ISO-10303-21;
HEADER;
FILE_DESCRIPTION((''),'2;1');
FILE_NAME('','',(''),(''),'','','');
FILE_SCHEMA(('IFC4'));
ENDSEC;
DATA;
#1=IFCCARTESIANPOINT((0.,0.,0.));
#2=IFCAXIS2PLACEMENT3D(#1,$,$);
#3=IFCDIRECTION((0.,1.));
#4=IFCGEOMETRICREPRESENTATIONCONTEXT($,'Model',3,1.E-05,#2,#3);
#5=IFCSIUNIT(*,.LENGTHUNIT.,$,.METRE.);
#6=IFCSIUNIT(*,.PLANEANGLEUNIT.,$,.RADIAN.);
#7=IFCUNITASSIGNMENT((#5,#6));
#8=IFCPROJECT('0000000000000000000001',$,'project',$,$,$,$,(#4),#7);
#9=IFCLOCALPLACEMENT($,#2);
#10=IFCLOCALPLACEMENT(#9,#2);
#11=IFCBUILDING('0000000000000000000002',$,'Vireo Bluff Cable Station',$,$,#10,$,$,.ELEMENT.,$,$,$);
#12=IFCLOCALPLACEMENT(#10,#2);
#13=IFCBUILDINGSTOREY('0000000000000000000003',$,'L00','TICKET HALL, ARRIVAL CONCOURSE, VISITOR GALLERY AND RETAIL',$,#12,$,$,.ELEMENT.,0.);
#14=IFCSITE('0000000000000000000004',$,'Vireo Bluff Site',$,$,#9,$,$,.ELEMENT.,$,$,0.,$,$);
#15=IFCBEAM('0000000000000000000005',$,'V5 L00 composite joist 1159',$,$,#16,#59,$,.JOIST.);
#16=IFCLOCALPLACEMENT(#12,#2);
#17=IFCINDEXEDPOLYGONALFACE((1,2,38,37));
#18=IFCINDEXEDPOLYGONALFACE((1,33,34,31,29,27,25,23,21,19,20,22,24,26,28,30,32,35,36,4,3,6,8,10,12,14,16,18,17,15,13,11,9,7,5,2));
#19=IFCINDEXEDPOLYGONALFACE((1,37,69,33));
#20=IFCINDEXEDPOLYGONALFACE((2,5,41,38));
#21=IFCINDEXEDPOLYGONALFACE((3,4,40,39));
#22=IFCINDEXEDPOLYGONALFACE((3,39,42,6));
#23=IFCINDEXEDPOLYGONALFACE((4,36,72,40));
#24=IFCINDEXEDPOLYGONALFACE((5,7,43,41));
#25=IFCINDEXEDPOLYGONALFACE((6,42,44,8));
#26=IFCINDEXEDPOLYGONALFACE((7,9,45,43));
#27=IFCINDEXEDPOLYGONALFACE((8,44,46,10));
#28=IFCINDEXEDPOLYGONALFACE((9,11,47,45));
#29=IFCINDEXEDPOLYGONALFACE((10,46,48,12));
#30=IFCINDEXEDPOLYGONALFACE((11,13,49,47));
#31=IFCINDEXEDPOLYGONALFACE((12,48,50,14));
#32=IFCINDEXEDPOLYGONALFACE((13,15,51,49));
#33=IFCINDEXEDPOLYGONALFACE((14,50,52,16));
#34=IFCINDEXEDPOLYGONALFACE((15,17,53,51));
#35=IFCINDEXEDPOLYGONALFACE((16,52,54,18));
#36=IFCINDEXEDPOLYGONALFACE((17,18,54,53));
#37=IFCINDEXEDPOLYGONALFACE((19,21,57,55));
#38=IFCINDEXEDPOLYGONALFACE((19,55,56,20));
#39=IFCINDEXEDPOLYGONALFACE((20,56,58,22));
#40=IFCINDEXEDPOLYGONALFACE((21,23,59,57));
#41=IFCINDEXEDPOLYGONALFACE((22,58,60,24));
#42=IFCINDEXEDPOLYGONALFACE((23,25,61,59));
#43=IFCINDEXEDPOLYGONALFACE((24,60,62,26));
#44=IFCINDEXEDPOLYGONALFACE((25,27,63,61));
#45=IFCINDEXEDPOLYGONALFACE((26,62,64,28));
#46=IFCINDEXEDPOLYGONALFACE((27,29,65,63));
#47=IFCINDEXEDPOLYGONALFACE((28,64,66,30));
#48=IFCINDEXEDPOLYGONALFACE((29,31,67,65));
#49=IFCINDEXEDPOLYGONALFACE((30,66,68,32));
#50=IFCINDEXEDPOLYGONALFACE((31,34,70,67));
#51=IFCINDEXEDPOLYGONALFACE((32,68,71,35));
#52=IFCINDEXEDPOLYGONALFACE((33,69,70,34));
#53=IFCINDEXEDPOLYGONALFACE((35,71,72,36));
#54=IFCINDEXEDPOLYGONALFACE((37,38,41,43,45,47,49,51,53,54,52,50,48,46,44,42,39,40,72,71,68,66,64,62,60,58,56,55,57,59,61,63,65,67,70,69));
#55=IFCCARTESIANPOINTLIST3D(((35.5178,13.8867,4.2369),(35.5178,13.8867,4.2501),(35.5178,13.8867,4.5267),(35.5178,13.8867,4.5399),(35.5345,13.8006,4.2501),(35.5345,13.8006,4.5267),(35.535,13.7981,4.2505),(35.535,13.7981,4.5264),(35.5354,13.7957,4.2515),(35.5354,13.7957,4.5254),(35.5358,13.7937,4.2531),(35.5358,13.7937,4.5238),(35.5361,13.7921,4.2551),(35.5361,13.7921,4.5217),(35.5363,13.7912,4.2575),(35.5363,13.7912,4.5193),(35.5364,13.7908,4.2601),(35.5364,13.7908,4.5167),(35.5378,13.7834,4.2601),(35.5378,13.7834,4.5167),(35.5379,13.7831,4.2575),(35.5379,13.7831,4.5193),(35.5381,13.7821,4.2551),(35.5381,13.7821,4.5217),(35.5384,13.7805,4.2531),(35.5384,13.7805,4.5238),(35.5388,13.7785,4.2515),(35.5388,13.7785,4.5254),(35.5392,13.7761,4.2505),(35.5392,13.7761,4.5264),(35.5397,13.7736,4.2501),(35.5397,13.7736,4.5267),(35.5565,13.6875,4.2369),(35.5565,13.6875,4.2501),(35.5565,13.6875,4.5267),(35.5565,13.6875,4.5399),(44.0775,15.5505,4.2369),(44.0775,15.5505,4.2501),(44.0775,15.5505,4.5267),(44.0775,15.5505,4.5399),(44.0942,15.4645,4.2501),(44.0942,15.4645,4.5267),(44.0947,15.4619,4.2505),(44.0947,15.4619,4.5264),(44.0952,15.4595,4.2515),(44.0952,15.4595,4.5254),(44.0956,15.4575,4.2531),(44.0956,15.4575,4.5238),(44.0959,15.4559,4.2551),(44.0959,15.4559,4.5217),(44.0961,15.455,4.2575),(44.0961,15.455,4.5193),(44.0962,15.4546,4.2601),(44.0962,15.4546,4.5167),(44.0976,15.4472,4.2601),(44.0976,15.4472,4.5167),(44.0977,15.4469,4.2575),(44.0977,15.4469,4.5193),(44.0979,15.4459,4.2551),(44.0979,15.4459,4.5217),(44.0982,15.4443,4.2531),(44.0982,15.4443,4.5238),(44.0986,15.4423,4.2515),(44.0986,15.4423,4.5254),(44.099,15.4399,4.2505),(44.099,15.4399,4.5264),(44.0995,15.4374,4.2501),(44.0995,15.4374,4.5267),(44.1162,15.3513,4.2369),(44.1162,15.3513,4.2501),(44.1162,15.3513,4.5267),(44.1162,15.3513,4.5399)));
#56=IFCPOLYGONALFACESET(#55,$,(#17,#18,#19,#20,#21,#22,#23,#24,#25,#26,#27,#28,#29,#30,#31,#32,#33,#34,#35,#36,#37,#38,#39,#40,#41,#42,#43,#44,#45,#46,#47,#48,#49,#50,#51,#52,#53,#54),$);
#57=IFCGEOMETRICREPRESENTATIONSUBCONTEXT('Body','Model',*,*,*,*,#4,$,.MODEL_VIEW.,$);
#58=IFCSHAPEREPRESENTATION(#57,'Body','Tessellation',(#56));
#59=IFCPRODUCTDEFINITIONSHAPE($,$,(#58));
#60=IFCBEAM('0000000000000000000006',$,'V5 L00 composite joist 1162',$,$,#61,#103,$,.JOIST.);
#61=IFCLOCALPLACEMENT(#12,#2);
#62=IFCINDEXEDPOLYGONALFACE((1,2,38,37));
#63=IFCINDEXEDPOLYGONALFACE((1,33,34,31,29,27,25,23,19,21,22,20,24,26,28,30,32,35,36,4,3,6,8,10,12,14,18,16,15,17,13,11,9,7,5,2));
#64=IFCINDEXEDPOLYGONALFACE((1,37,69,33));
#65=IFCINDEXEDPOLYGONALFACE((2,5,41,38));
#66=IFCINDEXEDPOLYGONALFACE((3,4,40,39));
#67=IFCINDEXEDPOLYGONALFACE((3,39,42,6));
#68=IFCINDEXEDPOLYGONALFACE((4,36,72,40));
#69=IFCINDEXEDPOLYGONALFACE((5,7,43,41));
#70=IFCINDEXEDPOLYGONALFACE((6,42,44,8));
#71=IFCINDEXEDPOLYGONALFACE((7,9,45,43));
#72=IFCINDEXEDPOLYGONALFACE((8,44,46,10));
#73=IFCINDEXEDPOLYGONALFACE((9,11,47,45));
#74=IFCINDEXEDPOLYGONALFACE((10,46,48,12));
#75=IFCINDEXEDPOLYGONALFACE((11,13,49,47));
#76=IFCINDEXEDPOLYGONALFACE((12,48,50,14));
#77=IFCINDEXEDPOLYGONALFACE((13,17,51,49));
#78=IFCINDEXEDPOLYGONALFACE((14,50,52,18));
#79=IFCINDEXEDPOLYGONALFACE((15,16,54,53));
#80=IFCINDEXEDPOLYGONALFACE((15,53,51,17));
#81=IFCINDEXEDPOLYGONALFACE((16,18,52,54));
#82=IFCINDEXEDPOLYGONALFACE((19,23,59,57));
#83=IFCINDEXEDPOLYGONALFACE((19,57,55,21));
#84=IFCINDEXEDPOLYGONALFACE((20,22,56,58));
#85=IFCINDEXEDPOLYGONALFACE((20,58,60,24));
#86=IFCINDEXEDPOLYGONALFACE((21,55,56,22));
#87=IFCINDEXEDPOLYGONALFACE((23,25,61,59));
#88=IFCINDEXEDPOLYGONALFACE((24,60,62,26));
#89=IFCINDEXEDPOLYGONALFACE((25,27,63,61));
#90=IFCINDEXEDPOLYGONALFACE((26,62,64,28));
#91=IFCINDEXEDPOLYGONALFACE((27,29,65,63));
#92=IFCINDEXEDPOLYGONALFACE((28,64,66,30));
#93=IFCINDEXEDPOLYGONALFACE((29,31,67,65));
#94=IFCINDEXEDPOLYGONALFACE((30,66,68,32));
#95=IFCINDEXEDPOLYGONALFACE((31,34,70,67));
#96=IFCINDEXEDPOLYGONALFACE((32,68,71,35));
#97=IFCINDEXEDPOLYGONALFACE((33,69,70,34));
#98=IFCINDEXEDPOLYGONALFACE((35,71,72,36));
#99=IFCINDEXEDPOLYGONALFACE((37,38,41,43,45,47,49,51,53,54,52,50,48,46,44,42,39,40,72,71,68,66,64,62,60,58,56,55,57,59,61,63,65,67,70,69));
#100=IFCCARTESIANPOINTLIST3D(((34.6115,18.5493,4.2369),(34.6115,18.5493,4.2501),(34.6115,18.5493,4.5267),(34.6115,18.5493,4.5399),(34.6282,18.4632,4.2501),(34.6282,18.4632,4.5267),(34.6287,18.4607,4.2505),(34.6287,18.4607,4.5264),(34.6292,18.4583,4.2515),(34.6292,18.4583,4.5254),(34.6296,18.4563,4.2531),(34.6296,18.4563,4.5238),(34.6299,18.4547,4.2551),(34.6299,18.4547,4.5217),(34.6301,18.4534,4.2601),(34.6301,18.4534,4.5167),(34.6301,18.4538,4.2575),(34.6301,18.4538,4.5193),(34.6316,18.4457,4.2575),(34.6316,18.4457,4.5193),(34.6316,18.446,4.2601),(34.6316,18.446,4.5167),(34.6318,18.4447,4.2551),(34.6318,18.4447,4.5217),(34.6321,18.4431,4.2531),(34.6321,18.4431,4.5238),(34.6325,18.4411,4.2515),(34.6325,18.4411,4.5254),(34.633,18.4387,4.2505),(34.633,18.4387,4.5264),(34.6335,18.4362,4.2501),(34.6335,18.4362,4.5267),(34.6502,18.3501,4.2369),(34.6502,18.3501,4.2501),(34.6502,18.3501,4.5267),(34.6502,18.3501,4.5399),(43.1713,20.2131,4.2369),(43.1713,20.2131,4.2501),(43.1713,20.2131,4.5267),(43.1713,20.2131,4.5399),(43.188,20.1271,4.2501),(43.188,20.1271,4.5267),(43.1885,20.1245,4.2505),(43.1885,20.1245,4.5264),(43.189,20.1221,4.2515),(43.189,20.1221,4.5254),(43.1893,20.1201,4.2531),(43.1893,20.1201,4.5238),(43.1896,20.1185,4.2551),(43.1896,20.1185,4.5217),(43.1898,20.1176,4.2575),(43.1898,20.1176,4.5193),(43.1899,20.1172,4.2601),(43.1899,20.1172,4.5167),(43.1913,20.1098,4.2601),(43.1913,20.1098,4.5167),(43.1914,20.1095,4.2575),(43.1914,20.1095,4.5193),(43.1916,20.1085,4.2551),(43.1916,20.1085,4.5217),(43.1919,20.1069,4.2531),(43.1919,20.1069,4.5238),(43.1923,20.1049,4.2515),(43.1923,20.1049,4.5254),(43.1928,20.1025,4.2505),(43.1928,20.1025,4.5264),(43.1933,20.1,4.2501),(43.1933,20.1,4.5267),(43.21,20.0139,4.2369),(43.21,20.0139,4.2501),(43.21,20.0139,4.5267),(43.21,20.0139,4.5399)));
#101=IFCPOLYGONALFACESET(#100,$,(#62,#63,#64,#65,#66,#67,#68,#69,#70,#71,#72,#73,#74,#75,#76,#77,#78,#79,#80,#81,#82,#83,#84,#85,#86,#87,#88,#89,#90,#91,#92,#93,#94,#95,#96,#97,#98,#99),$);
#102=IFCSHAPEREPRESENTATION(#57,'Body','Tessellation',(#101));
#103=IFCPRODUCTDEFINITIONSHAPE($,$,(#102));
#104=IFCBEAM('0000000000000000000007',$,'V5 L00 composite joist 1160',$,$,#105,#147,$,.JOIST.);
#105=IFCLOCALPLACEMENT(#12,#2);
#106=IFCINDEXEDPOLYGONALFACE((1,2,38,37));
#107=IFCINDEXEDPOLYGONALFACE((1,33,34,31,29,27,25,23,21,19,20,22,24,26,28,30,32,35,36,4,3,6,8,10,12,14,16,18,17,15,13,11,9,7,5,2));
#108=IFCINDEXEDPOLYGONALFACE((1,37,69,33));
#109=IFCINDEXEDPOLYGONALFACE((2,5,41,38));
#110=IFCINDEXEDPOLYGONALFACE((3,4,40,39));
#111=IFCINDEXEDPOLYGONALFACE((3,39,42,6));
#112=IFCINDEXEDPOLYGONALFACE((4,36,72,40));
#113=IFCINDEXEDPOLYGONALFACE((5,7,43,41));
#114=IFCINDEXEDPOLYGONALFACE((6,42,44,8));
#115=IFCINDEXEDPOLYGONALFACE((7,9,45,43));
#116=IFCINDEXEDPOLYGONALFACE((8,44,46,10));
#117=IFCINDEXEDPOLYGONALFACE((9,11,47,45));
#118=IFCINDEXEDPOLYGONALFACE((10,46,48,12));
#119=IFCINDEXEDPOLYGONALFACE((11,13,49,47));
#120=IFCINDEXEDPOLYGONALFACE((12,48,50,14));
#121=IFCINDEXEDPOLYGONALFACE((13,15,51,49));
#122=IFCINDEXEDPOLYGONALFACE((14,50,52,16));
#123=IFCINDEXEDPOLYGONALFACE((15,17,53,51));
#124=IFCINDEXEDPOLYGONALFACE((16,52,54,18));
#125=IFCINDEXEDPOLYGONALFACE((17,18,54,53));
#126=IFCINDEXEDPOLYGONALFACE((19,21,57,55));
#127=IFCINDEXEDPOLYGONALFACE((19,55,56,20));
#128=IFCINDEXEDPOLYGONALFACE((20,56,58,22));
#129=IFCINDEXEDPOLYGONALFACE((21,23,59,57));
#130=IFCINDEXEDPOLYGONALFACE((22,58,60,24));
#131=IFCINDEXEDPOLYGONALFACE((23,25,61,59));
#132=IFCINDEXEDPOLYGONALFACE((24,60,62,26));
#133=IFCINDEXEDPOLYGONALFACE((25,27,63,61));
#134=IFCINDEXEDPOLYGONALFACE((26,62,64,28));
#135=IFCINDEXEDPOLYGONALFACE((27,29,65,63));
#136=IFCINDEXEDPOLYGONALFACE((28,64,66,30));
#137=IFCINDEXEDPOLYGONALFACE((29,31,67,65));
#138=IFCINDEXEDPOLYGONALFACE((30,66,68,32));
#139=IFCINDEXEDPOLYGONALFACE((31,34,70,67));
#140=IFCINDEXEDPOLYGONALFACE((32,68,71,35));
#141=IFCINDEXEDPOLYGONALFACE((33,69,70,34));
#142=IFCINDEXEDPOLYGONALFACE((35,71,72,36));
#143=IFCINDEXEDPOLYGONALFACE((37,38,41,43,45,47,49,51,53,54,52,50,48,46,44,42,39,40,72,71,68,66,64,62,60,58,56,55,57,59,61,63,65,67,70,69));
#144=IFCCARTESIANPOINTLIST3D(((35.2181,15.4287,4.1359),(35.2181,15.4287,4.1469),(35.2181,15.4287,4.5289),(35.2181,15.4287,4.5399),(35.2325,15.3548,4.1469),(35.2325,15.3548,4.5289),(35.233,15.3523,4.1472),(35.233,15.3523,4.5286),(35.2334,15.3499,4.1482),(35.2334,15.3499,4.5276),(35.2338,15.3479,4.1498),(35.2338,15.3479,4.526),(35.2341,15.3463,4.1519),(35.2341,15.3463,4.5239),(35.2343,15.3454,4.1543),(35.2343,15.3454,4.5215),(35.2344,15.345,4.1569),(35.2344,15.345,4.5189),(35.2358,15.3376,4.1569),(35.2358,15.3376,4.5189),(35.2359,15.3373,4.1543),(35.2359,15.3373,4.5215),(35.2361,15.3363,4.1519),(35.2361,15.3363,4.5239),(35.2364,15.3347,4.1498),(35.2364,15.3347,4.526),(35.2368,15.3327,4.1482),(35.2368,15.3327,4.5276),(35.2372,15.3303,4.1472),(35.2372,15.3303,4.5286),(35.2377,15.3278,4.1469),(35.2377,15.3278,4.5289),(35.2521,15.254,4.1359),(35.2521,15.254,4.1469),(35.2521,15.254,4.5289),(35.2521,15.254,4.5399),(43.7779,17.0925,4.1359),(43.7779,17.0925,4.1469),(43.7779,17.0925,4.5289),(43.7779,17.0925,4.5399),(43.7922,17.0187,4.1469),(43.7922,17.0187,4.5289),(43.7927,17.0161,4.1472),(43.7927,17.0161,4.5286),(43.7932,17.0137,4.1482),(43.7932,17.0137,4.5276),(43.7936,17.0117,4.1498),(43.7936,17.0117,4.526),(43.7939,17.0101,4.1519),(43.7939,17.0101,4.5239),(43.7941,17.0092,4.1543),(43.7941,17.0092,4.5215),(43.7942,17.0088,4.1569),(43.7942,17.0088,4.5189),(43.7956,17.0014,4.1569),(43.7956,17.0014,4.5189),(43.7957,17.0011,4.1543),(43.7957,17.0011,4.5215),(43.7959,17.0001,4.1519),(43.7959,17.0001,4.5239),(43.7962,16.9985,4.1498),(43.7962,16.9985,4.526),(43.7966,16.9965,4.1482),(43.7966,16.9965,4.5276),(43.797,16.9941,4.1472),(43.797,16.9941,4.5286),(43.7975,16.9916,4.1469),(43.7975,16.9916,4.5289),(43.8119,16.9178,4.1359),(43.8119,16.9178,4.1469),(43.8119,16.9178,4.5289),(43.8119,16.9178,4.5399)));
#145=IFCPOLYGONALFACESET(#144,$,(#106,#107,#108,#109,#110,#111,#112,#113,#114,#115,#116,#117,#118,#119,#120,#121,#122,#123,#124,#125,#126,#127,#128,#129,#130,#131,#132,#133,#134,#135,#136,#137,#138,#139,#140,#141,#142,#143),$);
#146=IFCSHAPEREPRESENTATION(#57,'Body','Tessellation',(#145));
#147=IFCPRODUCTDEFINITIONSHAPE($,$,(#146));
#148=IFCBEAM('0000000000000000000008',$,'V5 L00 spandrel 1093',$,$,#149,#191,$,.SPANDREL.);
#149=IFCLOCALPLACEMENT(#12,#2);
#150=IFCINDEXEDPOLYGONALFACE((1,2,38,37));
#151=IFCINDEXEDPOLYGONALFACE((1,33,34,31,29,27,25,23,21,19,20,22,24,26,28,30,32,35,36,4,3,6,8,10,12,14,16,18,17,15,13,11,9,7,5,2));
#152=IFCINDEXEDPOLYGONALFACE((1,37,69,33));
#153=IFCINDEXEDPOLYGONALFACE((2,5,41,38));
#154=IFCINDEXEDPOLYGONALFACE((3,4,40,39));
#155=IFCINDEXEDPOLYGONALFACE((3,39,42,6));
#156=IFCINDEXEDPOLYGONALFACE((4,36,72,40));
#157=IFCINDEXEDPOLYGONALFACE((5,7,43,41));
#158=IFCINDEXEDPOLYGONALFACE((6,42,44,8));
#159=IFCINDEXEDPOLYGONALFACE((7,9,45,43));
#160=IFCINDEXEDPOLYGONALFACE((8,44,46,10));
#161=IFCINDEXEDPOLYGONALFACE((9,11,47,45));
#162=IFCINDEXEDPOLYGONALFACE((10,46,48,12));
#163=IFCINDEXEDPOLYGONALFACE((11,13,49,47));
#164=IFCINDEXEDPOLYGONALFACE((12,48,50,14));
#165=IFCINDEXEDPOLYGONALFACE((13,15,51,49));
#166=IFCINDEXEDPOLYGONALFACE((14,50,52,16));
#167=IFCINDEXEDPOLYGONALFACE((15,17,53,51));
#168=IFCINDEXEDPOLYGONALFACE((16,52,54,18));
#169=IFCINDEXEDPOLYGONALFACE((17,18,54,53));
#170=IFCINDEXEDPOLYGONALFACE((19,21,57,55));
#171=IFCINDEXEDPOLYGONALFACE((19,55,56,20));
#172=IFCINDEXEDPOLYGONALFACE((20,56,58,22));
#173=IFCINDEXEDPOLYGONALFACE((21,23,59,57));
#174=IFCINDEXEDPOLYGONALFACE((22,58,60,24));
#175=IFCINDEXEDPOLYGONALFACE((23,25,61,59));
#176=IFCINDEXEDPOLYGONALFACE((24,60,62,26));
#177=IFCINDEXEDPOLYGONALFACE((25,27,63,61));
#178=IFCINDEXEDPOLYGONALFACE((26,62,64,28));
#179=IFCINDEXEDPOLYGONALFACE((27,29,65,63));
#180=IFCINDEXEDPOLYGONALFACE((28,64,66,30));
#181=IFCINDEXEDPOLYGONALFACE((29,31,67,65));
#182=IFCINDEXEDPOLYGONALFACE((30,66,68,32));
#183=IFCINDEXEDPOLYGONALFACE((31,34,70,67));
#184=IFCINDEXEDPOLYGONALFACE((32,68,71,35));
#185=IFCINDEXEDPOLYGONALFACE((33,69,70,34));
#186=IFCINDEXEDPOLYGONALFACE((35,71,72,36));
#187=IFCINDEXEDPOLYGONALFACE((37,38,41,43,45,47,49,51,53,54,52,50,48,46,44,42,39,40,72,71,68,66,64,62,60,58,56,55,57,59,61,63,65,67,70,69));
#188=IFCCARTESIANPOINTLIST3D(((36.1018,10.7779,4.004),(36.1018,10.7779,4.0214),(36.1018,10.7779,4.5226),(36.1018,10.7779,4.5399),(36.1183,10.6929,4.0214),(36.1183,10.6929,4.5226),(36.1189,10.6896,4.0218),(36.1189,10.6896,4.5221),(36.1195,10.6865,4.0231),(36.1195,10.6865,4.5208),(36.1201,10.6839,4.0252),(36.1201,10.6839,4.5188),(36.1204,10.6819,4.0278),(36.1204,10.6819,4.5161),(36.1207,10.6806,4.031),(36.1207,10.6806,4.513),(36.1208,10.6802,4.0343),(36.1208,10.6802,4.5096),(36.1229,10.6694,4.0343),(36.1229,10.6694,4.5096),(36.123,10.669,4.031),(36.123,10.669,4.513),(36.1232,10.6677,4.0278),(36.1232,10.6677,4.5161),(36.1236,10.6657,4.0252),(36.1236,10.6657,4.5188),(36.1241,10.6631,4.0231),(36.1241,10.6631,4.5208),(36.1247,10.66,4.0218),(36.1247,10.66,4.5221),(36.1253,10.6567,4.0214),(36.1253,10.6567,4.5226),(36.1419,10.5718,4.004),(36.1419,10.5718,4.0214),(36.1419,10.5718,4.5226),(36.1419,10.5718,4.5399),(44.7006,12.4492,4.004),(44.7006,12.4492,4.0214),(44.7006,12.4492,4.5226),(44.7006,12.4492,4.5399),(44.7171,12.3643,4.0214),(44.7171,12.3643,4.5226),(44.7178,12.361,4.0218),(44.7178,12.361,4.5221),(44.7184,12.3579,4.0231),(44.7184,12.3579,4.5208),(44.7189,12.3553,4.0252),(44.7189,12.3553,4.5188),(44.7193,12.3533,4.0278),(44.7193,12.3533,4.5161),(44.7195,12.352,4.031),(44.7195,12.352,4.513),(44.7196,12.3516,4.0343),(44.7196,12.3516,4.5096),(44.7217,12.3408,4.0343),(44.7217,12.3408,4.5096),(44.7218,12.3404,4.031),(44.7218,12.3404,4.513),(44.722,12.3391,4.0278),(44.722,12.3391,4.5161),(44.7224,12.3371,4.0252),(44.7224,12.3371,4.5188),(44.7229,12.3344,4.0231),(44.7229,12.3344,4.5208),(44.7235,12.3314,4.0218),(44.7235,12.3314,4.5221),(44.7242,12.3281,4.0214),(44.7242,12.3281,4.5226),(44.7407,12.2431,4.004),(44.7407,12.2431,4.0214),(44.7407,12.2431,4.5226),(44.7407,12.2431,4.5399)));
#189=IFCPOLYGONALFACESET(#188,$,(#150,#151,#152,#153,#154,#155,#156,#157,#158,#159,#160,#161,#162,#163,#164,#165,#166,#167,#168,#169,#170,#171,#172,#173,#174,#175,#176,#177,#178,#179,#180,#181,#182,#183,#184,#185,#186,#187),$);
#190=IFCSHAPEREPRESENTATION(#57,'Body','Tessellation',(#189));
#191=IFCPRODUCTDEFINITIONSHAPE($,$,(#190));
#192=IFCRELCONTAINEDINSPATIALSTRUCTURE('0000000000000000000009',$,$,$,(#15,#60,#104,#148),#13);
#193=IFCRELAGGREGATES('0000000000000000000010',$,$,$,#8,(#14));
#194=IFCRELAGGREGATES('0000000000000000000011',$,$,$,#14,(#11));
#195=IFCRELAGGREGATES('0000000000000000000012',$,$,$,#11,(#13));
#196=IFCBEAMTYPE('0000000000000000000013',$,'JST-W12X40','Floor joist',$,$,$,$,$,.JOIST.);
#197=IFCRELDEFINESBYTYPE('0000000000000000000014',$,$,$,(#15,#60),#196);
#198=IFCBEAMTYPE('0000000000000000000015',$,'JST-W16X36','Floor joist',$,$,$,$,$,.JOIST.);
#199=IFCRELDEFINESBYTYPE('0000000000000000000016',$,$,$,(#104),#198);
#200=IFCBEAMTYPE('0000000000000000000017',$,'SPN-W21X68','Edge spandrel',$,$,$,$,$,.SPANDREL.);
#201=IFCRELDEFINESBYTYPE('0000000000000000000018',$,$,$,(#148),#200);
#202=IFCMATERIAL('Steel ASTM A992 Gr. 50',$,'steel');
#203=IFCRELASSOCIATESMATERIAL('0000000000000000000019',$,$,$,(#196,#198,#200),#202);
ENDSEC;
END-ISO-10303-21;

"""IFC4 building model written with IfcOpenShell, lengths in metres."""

from ifc_helpers import new_model, si_unit, direction, frame, origin, origin_2d, place, context, subcontext, project, spatial, i_section, extrude, material, material_profile, profile_set, type_object, element, save


model = new_model("IFC4")

# Units and contexts
model_context = context("Model", 3, precision=1e-05, world=origin(), true_north=direction((0.0, 1.0)))
body_context = subcontext(model_context, "Body", "Model", "MODEL_VIEW")
ifc_project = project(units=[si_unit("LENGTHUNIT", "METRE"), si_unit("PLANEANGLEUNIT", "RADIAN")], contexts=[model_context])

# Site, building, storey
site_placement = place(None, origin())
site = spatial("IfcSite", under=ifc_project, at=site_placement, Name="Vireo Bluff Site", CompositionType="ELEMENT", RefElevation=0.0)
building_placement = place(site_placement, origin())
building = spatial("IfcBuilding", under=site, at=building_placement, Name="Vireo Bluff Cable Station", CompositionType="ELEMENT")
storey_placement = place(building_placement, origin())
storey = spatial("IfcBuildingStorey", under=building, at=storey_placement, Name="L00", Description="TICKET HALL, ARRIVAL CONCOURSE, VISITOR GALLERY AND RETAIL", CompositionType="ELEMENT", Elevation=0.0)

# Shared definitions
ifc_material_1 = material(Name="Steel ASTM A992 Gr. 50", Category="steel")

# Beams
ifc_material_profile_1 = material_profile(ifc_material_1, i_section(OverallWidth=0.2029, OverallDepth=0.303, WebThickness=0.0076, FlangeThickness=0.0132, FilletRadius=0.01, at=origin_2d()), Name="W12X40")
ifc_profile_set_1 = profile_set([ifc_material_profile_1], Name="Steel ASTM A992 Gr. 50")
beam_type_1 = type_object("IfcBeamType", Name="JST-W12X40", Description="Floor joist", PredefinedType="JOIST", material=ifc_profile_set_1)
for number, where, z_axis, x_axis, name in (
    (1, (35.5371, 13.7871, 4.3884), (0.981628, 0.190804, 0.0), (-0.190804, 0.981628, 0.0), "V5 L00 composite joist 1159"),
    (2, (34.6309, 18.4497, 4.3884), (0.981628, 0.190804, 0.0), (-0.190804, 0.981628, 0.0), "V5 L00 composite joist 1162"),
):
    element("IfcBeam", number, at=place(storey_placement, frame(where, z_axis=z_axis, x_axis=x_axis)), inside=storey, type_object=beam_type_1, Name=name, PredefinedType="JOIST", context=body_context, shape_type="SweptSolid", body=[
        extrude(i_section(OverallWidth=0.2029, OverallDepth=0.303, WebThickness=0.0076, FlangeThickness=0.0132, FilletRadius=0.01, at=origin_2d()), origin(), (0.0, 0.0, 1.0), 8.72),
    ])
ifc_material_profile_2 = material_profile(ifc_material_1, i_section(OverallWidth=0.178, OverallDepth=0.4041, WebThickness=0.0076, FlangeThickness=0.011, FilletRadius=0.01, at=origin_2d()), Name="W16X36")
ifc_profile_set_2 = profile_set([ifc_material_profile_2], Name="Steel ASTM A992 Gr. 50")
beam_type_2 = type_object("IfcBeamType", Name="JST-W16X36", Description="Floor joist", PredefinedType="JOIST", material=ifc_profile_set_2)
beam_1_placement = place(storey_placement, frame((35.2351, 15.3413, 4.3379), z_axis=(0.981628, 0.190804, 0.0), x_axis=(-0.190804, 0.981628, 0.0)))
element("IfcBeam", 3, at=beam_1_placement, inside=storey, type_object=beam_type_2, Name="V5 L00 composite joist 1160", PredefinedType="JOIST", context=body_context, shape_type="SweptSolid", body=[
    extrude(i_section(OverallWidth=0.178, OverallDepth=0.4041, WebThickness=0.0076, FlangeThickness=0.011, FilletRadius=0.01, at=origin_2d()), origin(), (0.0, 0.0, 1.0), 8.72),
])
ifc_material_profile_3 = material_profile(ifc_material_1, i_section(OverallWidth=0.21, OverallDepth=0.5359, WebThickness=0.011, FlangeThickness=0.0173, FilletRadius=0.0129, at=origin_2d()), Name="W21X68")
ifc_profile_set_3 = profile_set([ifc_material_profile_3], Name="Steel ASTM A992 Gr. 50")
beam_type_3 = type_object("IfcBeamType", Name="SPN-W21X68", Description="Edge spandrel", PredefinedType="SPANDREL", material=ifc_profile_set_3)
beam_2_placement = place(storey_placement, frame((36.1218, 10.6748, 4.272), z_axis=(0.981629, 0.190802, 0.0), x_axis=(-0.190802, 0.981629, 0.0)))
element("IfcBeam", 4, at=beam_2_placement, inside=storey, type_object=beam_type_3, Name="V5 L00 spandrel 1093", PredefinedType="SPANDREL", context=body_context, shape_type="SweptSolid", body=[
    extrude(i_section(OverallWidth=0.21, OverallDepth=0.5359, WebThickness=0.011, FlangeThickness=0.0173, FilletRadius=0.0129, at=origin_2d()), origin(), (0.0, 0.0, 1.0), 8.7598),
])

save(model, "model.ifc")
